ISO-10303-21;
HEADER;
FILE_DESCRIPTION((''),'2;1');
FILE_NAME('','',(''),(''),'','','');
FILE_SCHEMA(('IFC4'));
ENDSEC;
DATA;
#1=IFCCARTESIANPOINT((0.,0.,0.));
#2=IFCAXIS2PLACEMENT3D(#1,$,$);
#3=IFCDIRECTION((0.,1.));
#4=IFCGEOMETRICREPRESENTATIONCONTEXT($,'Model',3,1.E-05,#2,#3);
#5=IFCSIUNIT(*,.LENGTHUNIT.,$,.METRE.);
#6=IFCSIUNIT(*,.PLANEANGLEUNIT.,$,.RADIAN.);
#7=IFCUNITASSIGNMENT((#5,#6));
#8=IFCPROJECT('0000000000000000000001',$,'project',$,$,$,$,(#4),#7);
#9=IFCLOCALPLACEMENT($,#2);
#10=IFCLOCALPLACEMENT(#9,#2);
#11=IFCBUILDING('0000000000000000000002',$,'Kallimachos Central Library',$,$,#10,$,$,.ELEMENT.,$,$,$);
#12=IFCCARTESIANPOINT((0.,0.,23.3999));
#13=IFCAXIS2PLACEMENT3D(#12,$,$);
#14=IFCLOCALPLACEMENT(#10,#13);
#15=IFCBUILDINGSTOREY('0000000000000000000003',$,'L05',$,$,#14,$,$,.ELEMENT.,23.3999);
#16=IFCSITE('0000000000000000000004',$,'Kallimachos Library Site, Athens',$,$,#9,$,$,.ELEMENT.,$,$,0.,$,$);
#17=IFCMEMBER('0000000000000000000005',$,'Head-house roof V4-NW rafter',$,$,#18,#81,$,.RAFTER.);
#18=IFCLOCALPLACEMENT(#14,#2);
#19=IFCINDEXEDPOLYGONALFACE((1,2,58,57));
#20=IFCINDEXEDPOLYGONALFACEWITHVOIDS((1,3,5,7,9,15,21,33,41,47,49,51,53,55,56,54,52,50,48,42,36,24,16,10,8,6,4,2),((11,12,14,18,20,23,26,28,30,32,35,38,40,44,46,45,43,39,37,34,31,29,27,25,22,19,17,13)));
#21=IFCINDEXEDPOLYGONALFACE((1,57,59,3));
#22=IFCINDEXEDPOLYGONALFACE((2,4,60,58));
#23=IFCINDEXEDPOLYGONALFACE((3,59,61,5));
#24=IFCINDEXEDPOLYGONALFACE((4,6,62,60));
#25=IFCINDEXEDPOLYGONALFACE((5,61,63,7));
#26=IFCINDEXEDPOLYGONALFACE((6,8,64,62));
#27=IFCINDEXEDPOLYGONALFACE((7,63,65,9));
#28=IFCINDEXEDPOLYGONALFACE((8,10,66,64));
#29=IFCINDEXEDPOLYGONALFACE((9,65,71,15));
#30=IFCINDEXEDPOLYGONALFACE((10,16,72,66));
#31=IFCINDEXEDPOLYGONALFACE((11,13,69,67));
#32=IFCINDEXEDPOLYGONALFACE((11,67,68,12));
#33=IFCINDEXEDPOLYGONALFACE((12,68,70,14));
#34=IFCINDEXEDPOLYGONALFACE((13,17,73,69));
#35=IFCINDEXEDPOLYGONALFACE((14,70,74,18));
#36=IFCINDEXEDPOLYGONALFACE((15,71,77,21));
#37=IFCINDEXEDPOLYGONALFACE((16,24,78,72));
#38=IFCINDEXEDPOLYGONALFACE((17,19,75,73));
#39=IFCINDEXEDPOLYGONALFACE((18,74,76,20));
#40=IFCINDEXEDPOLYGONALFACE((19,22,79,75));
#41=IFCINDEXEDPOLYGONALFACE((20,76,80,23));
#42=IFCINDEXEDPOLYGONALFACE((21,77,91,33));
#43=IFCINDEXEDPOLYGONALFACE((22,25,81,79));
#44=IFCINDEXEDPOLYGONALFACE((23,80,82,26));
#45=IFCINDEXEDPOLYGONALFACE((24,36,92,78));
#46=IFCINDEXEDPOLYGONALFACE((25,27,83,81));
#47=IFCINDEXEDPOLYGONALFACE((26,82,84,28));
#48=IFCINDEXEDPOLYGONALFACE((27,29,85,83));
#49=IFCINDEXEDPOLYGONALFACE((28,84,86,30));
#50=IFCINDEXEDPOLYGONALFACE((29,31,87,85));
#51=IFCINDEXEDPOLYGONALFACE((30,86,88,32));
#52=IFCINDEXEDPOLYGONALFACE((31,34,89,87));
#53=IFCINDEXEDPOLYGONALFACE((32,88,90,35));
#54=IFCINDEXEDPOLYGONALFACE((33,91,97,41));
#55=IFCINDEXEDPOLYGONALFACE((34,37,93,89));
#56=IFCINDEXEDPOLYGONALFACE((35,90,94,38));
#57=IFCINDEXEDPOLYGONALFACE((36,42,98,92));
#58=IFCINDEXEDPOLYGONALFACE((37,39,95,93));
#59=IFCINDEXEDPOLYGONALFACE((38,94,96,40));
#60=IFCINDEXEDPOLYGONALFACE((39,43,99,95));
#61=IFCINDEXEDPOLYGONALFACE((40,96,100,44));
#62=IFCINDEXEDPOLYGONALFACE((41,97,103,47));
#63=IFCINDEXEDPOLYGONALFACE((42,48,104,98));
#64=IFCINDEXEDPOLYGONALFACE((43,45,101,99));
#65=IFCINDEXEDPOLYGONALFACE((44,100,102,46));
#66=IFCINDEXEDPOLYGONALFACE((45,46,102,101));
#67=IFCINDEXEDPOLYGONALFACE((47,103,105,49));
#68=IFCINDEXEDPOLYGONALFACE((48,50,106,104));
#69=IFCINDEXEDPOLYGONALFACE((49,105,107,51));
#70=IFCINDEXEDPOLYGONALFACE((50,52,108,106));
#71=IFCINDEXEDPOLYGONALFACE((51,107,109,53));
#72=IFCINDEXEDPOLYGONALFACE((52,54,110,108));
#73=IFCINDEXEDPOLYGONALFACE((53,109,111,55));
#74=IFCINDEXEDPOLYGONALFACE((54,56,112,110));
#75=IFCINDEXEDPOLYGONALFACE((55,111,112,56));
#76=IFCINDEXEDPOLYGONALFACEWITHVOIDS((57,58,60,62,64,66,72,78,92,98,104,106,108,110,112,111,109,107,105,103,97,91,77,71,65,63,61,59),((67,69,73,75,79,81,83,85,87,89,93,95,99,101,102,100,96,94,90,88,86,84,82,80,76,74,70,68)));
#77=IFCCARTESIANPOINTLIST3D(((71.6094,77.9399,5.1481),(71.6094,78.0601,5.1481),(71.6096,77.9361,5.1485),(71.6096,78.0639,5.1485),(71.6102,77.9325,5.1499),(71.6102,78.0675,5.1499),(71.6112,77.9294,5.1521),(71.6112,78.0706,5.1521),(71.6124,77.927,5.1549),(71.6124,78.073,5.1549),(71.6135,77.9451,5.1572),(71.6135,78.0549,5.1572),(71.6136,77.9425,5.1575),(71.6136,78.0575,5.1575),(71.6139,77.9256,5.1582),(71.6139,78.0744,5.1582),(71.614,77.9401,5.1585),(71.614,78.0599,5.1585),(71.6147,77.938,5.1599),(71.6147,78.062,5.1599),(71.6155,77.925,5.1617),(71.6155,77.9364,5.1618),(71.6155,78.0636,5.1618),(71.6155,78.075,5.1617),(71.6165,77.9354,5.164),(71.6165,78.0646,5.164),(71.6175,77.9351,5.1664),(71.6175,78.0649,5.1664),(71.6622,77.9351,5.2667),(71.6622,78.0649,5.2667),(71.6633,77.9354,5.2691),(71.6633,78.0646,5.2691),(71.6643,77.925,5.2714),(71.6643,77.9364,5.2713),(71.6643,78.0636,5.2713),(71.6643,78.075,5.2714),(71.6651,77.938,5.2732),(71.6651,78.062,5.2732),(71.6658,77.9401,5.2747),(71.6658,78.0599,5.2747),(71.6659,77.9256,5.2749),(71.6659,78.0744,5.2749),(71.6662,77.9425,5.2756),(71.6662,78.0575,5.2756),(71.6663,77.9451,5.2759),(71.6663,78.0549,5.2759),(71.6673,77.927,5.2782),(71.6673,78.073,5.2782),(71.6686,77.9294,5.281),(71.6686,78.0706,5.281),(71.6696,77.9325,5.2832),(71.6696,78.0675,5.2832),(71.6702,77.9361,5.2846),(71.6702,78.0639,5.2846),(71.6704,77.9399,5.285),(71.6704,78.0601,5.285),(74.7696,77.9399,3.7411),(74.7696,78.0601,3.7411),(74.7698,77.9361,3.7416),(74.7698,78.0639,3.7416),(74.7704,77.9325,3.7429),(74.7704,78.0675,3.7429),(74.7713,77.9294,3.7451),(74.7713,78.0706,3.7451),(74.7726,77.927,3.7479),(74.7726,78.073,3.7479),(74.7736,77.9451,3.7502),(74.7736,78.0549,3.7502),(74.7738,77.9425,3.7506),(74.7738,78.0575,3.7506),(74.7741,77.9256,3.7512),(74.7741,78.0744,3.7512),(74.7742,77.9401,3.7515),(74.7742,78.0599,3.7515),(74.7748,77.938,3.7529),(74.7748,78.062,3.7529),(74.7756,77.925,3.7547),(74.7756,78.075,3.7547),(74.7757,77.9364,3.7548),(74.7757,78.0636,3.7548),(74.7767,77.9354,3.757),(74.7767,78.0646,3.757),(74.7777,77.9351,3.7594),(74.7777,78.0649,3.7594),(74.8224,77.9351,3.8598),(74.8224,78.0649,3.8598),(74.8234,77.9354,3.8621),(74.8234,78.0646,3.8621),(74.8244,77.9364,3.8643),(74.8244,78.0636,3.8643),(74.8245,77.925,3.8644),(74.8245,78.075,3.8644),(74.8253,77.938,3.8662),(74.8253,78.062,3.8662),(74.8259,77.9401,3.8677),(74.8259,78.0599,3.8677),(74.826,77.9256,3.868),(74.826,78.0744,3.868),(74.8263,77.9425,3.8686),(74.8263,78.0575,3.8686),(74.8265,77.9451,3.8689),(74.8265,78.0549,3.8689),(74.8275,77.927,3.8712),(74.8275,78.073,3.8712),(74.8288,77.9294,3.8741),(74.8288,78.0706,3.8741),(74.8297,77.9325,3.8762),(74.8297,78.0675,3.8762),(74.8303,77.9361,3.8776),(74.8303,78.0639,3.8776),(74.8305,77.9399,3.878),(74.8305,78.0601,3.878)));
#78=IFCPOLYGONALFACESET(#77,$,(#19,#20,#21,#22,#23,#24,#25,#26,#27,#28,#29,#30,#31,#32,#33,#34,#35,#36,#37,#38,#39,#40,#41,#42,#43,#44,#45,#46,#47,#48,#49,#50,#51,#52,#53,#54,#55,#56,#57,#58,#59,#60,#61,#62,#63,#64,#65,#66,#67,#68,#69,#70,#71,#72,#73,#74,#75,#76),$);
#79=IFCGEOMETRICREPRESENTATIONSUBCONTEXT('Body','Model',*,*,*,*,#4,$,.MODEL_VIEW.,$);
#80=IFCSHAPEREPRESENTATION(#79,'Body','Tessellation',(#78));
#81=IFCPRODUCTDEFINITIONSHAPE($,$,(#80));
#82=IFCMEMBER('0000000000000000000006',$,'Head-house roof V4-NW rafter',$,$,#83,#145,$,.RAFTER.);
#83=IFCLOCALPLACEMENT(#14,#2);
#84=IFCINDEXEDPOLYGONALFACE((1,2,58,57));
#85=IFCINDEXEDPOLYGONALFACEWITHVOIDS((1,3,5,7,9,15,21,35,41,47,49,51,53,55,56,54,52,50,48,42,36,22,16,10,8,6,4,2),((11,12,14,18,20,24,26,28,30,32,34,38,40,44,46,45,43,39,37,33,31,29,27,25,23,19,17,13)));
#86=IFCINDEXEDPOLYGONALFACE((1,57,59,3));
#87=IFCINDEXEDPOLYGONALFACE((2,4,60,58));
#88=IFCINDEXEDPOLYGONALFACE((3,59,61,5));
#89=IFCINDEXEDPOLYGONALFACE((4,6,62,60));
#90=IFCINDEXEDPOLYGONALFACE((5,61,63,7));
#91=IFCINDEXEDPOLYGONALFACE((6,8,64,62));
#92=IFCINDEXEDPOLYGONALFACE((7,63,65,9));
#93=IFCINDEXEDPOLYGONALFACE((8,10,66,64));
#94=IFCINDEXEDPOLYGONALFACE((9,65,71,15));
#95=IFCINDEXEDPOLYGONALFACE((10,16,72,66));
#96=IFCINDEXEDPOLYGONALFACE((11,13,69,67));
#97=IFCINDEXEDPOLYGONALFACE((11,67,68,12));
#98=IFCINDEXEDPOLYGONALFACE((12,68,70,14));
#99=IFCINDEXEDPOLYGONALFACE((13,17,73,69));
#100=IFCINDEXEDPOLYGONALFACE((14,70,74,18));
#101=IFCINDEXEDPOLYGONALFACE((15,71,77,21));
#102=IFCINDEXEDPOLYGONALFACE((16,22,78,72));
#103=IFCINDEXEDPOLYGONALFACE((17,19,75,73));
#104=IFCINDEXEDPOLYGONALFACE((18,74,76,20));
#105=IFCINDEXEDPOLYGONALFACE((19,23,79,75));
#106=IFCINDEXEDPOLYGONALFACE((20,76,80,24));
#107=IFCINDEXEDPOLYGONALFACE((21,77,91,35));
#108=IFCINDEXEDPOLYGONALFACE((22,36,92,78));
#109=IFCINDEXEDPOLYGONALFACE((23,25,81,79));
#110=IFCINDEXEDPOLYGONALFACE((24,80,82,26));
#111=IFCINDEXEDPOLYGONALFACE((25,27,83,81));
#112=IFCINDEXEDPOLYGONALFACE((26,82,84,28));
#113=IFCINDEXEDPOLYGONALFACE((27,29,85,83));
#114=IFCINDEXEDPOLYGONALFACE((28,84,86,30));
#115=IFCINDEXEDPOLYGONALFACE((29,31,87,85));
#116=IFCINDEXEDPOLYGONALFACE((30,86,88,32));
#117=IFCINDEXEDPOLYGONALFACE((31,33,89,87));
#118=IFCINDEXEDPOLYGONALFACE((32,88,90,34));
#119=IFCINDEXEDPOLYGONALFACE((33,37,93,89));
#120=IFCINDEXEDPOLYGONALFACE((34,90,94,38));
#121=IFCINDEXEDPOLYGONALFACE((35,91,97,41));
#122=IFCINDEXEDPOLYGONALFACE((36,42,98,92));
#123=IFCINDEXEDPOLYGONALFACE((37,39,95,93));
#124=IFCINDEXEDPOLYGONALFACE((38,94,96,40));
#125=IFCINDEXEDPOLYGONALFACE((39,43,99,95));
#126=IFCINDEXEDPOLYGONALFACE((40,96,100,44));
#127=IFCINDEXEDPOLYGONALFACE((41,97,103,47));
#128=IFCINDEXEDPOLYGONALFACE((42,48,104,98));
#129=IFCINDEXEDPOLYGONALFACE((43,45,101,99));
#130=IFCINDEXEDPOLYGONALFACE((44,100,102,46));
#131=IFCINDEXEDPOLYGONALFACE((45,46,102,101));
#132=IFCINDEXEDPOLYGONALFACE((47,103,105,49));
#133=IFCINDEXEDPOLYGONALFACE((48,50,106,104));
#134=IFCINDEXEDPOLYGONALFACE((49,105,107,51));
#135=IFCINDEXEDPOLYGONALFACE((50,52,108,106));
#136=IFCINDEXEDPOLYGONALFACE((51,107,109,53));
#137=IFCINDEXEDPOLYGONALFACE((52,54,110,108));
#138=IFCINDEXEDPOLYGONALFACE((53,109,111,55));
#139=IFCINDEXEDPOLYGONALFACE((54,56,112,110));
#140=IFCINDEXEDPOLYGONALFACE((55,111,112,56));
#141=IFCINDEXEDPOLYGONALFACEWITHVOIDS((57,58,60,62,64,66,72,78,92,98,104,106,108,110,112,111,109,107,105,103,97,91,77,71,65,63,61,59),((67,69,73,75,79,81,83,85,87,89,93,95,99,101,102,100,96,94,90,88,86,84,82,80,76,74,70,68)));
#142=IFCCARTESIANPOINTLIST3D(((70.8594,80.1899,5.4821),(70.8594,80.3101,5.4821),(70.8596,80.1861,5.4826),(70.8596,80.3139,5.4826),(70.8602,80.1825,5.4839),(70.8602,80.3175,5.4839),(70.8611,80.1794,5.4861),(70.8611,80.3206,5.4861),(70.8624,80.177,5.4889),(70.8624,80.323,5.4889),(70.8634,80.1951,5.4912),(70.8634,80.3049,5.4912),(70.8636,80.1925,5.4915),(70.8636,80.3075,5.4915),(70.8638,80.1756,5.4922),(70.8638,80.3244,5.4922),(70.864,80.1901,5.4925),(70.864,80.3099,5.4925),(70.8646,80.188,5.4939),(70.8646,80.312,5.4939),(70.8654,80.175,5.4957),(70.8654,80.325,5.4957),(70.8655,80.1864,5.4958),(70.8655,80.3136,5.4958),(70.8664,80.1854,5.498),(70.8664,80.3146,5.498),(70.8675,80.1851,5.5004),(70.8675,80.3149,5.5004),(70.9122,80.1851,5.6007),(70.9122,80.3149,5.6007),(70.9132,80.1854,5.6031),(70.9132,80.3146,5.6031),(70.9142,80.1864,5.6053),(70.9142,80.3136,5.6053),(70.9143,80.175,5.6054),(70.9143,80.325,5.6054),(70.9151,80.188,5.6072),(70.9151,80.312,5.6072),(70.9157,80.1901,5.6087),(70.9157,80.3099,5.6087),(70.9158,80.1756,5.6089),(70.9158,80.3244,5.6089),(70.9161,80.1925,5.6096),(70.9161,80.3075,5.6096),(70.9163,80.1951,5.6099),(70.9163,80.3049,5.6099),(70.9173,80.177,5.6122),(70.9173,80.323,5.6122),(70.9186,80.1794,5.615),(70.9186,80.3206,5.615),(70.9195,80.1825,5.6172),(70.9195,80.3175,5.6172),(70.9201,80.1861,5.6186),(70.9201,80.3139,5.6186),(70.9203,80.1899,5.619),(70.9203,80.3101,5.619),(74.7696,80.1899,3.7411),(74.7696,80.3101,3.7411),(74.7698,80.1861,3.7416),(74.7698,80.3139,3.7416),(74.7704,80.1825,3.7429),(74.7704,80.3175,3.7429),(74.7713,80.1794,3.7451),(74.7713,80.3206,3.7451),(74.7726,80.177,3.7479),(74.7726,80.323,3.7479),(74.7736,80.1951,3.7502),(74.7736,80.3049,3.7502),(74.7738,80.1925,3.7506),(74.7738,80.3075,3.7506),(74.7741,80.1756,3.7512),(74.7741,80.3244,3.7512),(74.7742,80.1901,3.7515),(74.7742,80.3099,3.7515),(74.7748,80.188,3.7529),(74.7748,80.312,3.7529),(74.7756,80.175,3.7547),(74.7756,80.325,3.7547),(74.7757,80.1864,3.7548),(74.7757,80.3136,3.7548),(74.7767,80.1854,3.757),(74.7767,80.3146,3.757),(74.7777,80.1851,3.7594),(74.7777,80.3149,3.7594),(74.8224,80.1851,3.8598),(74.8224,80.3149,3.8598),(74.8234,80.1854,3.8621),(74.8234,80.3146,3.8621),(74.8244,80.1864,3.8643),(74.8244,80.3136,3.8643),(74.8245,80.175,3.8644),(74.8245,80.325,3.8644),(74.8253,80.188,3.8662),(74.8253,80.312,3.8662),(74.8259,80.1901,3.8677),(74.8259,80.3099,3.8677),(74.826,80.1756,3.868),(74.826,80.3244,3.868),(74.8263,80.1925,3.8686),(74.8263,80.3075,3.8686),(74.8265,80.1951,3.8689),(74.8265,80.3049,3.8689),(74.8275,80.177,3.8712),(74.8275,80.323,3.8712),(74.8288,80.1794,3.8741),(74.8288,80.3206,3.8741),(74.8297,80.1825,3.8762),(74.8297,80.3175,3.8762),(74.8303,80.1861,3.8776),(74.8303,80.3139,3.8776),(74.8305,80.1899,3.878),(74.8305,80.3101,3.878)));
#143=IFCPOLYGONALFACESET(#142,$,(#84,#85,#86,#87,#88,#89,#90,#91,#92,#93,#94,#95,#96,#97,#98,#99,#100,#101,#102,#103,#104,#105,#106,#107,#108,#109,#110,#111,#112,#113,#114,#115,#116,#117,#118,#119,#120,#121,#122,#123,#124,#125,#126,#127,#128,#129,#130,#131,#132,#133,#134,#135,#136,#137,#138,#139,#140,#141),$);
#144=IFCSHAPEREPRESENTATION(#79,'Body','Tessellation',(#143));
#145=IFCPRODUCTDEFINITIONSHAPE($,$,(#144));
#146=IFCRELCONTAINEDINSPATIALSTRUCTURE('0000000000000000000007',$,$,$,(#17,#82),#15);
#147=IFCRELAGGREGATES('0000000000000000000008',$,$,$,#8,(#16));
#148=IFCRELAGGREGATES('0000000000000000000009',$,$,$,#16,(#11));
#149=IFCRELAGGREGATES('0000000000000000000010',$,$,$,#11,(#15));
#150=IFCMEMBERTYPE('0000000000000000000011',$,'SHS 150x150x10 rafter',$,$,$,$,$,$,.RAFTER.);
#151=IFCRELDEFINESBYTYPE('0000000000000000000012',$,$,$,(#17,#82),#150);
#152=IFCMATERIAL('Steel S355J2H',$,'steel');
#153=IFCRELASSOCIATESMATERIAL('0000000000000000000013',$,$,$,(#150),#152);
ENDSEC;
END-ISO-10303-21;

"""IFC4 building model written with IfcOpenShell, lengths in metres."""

from ifc_helpers import new_model, si_unit, direction, frame, origin, origin_2d, place, context, subcontext, project, spatial, hollow_rectangle, extrude, material, material_profile, profile_set, type_object, element, save


model = new_model("IFC4")

# Units and contexts
model_context = context("Model", 3, precision=1e-05, world=origin(), true_north=direction((0.0, 1.0)))
body_context = subcontext(model_context, "Body", "Model", "MODEL_VIEW")
ifc_project = project(units=[si_unit("LENGTHUNIT", "METRE"), si_unit("PLANEANGLEUNIT", "RADIAN")], contexts=[model_context])

# Site, building, storey
site_placement = place(None, origin())
site = spatial("IfcSite", under=ifc_project, at=site_placement, Name="Kallimachos Library Site, Athens", CompositionType="ELEMENT", RefElevation=0.0)
building_placement = place(site_placement, origin())
building = spatial("IfcBuilding", under=site, at=building_placement, Name="Kallimachos Central Library", CompositionType="ELEMENT")
storey_placement = place(building_placement, frame((0.0, 0.0, 23.3999)))
storey = spatial("IfcBuildingStorey", under=building, at=storey_placement, Name="L05", CompositionType="ELEMENT", Elevation=23.3999)

# Members
ifc_material_1 = material(Name="Steel S355J2H", Category="steel")
ifc_material_profile_1 = material_profile(ifc_material_1, hollow_rectangle(XDim=0.1499, YDim=0.1499, WallThickness=0.01, InnerFilletRadius=0.01, OuterFilletRadius=0.0149, at=origin_2d()), Name="SHS 150x150x10")
ifc_profile_set_1 = profile_set([ifc_material_profile_1], Name="Steel S355J2H")
member_type_1 = type_object("IfcMemberType", Name="SHS 150x150x10 rafter", PredefinedType="RAFTER", material=ifc_profile_set_1)
member_1_placement = place(storey_placement, frame((74.8, 78.0, 3.8096), z_axis=(-0.913547, 0.0, 0.406734), x_axis=(0.0, -1.0, 0.0)))
element("IfcMember", 1, at=member_1_placement, inside=storey, type_object=member_type_1, Name="Head-house roof V4-NW rafter", PredefinedType="RAFTER", context=body_context, shape_type="SweptSolid", body=[
    extrude(hollow_rectangle(XDim=0.1499, YDim=0.1499, WallThickness=0.01, InnerFilletRadius=0.01, OuterFilletRadius=0.0149, at=origin_2d()), origin(), (0.0, 0.0, 1.0), 3.4592),
])
member_2_placement = place(storey_placement, frame((74.8, 80.25, 3.8096), z_axis=(-0.913541, 0.0, 0.406747), x_axis=(0.0, -1.0, 0.0)))
element("IfcMember", 2, at=member_2_placement, inside=storey, type_object=member_type_1, Name="Head-house roof V4-NW rafter", PredefinedType="RAFTER", context=body_context, shape_type="SweptSolid", body=[
    extrude(hollow_rectangle(XDim=0.1499, YDim=0.1499, WallThickness=0.01, InnerFilletRadius=0.01, OuterFilletRadius=0.0149, at=origin_2d()), origin(), (0.0, 0.0, 1.0), 4.2803),
])

save(model, "model.ifc")
